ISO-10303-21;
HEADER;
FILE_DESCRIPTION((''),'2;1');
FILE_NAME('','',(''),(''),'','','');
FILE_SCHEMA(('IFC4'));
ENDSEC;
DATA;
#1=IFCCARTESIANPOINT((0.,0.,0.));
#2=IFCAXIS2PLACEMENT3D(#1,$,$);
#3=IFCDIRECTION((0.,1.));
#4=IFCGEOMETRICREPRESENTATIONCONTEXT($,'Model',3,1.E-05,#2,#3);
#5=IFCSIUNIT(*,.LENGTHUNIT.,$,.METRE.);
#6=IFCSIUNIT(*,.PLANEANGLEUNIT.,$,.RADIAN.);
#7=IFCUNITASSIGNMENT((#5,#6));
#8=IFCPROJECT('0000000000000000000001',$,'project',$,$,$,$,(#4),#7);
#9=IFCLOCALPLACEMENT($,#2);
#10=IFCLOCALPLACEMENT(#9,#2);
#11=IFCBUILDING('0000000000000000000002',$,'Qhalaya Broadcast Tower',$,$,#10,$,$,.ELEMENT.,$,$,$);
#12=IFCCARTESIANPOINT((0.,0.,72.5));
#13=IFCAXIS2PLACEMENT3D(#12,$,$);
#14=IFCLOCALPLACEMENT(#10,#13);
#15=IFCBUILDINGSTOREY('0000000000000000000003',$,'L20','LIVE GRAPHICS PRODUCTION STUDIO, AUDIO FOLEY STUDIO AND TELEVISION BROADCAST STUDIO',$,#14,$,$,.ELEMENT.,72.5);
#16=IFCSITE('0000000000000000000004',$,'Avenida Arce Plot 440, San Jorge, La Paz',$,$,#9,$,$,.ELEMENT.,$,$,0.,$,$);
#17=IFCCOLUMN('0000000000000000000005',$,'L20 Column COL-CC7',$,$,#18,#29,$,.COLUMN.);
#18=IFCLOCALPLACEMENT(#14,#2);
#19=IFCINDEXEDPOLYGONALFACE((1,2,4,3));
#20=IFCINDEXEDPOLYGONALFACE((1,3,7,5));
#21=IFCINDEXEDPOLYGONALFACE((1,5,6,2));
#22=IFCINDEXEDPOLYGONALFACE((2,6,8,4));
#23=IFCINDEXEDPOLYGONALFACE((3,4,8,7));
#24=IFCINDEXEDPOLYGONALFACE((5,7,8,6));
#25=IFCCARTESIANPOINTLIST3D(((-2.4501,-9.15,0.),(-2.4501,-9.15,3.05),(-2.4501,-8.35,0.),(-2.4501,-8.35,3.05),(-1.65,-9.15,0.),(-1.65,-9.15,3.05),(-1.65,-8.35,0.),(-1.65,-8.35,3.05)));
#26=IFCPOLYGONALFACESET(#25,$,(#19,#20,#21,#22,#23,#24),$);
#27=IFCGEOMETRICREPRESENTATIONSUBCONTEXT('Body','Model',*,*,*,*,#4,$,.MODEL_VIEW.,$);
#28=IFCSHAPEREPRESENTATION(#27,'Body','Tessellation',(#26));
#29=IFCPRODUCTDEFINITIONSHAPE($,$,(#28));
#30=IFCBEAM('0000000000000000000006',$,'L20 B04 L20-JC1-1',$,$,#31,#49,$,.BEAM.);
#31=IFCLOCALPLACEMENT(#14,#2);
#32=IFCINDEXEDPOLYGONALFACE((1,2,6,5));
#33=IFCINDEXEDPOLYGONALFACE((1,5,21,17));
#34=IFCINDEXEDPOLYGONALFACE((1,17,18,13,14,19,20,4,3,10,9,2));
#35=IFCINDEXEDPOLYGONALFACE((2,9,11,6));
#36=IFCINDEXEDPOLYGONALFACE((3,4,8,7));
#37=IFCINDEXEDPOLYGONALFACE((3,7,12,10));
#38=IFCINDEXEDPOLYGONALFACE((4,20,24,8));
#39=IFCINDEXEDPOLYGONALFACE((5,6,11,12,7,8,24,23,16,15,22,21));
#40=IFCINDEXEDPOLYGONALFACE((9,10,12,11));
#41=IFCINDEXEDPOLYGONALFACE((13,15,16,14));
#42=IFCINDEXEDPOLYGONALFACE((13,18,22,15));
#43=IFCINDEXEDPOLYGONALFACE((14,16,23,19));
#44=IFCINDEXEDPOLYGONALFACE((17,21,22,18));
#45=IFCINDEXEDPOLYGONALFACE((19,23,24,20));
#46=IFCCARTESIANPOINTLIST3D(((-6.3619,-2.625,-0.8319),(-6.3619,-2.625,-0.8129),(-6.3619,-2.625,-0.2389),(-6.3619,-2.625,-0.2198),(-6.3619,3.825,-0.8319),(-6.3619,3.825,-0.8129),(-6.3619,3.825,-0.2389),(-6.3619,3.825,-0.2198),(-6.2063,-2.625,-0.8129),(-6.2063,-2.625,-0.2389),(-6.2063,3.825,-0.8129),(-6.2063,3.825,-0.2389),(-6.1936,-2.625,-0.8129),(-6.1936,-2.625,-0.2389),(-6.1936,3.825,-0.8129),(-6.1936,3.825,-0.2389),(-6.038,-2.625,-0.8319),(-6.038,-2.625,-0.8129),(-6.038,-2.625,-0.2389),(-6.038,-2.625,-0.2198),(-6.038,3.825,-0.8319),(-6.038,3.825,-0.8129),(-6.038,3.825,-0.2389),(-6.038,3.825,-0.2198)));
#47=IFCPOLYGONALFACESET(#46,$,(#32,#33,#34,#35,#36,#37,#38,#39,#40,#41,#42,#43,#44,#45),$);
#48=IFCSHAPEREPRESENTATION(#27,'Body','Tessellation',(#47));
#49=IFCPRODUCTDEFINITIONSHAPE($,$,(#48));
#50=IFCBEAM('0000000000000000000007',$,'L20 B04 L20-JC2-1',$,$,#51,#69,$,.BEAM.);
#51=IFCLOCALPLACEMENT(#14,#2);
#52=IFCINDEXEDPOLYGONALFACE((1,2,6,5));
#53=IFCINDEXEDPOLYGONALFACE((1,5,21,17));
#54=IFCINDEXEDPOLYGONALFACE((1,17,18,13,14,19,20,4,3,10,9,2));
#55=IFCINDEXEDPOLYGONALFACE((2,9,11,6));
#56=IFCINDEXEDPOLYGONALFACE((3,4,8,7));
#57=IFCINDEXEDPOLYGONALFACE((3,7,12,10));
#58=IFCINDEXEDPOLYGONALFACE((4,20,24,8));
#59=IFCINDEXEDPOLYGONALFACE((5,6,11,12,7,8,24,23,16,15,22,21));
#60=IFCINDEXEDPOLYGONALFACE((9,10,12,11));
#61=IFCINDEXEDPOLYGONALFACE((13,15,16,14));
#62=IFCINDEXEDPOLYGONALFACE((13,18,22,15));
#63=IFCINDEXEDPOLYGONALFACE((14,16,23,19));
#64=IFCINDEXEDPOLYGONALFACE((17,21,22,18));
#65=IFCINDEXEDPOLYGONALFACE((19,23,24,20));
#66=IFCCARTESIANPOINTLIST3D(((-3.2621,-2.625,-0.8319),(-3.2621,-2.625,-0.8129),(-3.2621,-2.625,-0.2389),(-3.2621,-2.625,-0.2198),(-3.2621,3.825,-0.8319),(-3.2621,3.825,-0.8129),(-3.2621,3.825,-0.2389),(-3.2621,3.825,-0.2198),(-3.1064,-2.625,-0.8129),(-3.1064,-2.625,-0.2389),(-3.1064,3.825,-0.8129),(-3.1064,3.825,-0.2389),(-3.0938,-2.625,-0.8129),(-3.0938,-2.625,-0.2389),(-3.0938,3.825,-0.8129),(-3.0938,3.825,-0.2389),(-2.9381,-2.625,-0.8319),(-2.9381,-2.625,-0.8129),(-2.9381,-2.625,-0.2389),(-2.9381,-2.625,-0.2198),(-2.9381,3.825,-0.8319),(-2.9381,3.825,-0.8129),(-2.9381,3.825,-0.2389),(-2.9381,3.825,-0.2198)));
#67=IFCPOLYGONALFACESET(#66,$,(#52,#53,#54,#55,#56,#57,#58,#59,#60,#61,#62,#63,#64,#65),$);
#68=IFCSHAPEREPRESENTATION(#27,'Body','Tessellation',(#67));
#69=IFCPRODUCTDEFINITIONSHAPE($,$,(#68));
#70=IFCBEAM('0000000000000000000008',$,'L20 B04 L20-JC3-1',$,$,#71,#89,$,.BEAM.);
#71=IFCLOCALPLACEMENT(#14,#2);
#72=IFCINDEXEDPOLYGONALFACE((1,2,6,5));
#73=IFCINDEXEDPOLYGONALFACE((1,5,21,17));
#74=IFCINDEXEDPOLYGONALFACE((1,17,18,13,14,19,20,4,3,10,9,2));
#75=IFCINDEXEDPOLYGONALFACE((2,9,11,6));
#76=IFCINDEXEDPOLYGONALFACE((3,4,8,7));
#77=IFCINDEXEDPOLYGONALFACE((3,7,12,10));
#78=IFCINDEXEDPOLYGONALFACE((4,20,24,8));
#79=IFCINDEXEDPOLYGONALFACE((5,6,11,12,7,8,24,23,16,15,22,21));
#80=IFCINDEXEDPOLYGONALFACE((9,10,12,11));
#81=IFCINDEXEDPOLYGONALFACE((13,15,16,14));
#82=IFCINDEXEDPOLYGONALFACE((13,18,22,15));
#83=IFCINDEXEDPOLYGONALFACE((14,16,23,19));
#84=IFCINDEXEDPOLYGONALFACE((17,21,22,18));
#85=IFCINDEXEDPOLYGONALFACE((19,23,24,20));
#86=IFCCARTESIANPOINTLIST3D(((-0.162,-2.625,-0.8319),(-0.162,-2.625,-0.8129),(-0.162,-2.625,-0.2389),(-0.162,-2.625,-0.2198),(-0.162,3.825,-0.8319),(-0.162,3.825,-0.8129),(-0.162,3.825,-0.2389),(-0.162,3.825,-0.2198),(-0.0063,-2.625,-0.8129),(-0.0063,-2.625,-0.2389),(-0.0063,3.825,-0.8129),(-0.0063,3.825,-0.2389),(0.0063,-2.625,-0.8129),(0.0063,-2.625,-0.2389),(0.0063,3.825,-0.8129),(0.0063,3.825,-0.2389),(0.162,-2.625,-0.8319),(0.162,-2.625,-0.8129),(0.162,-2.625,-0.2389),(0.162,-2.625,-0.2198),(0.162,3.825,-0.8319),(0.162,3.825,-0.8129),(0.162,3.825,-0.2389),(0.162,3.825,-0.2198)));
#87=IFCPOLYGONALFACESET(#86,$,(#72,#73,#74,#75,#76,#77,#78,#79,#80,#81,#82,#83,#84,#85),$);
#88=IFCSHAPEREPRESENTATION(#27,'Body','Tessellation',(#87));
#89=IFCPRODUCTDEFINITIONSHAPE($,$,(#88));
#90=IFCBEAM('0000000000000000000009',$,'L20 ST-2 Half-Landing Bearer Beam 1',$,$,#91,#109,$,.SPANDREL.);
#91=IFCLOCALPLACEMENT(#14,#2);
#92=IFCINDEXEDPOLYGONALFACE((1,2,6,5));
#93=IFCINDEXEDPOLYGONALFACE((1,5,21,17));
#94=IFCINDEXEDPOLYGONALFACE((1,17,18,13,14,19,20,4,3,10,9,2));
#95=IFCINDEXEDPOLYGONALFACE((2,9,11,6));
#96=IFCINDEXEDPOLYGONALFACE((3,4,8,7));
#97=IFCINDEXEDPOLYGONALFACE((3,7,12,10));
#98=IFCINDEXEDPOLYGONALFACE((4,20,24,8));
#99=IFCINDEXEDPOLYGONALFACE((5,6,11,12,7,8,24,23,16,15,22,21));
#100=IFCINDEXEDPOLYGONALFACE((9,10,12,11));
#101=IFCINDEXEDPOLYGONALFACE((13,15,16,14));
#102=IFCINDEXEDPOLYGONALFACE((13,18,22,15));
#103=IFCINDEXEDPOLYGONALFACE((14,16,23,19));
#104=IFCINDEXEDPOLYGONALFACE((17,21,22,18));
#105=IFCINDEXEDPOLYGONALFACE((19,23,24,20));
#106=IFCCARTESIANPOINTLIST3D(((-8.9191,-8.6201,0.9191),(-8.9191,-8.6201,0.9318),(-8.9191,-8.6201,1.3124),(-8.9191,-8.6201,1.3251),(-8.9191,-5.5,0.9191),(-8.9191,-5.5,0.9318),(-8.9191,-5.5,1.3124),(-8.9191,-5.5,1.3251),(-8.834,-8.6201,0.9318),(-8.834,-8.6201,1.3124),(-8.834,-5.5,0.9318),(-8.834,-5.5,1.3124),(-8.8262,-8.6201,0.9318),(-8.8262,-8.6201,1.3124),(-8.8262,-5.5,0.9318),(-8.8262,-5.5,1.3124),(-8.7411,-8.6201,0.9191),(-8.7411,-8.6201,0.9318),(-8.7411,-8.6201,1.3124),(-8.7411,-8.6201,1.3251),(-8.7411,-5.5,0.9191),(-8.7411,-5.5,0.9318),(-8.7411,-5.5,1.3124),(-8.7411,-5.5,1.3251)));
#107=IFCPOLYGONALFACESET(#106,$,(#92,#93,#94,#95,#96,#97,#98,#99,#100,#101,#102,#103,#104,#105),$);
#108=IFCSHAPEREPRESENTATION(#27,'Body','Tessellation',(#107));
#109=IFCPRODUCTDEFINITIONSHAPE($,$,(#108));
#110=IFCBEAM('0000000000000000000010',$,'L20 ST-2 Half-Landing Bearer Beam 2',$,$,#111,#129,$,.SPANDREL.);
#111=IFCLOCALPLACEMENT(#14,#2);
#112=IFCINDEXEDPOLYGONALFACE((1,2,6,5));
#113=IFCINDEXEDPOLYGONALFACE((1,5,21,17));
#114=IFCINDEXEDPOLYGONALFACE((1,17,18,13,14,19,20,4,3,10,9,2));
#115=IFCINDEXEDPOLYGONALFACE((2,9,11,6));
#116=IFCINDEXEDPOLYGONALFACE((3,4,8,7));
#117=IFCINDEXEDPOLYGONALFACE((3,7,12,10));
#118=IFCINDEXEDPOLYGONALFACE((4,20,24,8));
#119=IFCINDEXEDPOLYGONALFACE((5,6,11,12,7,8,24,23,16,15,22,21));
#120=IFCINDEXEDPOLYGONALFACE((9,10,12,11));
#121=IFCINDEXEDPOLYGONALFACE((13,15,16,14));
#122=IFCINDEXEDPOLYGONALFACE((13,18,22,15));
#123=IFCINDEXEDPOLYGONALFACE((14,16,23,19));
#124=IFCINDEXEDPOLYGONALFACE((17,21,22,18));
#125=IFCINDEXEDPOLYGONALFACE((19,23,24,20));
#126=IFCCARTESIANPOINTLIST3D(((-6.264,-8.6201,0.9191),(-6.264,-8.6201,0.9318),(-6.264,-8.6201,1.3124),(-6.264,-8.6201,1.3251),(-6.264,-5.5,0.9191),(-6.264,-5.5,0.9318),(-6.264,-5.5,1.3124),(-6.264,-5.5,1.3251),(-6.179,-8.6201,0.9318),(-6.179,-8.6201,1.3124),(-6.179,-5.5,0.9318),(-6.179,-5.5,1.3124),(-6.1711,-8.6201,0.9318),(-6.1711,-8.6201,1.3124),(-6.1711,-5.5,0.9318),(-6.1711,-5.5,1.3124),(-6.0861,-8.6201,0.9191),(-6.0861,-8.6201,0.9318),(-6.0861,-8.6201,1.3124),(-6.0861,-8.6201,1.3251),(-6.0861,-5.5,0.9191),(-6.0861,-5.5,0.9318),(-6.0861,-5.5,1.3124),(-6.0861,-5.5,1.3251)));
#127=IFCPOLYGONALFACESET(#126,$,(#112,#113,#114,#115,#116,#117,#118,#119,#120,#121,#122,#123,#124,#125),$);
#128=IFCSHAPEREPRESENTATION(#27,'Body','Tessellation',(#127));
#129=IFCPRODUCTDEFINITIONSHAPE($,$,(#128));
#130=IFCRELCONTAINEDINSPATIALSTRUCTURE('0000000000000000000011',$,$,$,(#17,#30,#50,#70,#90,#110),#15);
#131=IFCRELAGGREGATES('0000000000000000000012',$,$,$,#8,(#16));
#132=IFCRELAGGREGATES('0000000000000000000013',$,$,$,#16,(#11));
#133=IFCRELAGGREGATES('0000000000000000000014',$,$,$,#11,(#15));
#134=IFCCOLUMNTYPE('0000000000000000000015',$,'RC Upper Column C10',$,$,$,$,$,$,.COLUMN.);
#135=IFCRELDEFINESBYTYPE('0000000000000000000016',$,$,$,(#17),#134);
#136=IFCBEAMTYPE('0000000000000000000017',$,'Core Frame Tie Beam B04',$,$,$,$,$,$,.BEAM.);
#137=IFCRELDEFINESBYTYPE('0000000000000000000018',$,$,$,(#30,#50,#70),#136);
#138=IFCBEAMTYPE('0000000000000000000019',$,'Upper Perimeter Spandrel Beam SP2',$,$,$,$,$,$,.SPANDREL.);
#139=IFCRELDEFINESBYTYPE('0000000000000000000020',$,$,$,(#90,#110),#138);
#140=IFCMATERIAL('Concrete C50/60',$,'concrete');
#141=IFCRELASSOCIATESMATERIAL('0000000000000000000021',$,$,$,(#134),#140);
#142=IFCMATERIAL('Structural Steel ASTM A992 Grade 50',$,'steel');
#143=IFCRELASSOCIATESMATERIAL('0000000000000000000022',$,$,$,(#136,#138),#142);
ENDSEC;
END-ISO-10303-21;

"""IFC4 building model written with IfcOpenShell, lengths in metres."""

from ifc_helpers import new_model, si_unit, direction, frame, origin, origin_2d, place, context, subcontext, project, spatial, rectangle, i_section, extrude, material, material_profile, profile_set, type_object, element, save


model = new_model("IFC4")

# Units and contexts
model_context = context("Model", 3, precision=1e-05, world=origin(), true_north=direction((0.0, 1.0)))
body_context = subcontext(model_context, "Body", "Model", "MODEL_VIEW")
ifc_project = project(units=[si_unit("LENGTHUNIT", "METRE"), si_unit("PLANEANGLEUNIT", "RADIAN")], contexts=[model_context])

# Site, building, storey
site_placement = place(None, origin())
site = spatial("IfcSite", under=ifc_project, at=site_placement, Name="Avenida Arce Plot 440, San Jorge, La Paz", CompositionType="ELEMENT", RefElevation=0.0)
building_placement = place(site_placement, origin())
building = spatial("IfcBuilding", under=site, at=building_placement, Name="Qhalaya Broadcast Tower", CompositionType="ELEMENT")
storey_placement = place(building_placement, frame((0.0, 0.0, 72.5)))
storey = spatial("IfcBuildingStorey", under=building, at=storey_placement, Name="L20", Description="LIVE GRAPHICS PRODUCTION STUDIO, AUDIO FOLEY STUDIO AND TELEVISION BROADCAST STUDIO", CompositionType="ELEMENT", Elevation=72.5)

# Column
ifc_material_1 = material(Name="Concrete C50/60", Category="concrete")
ifc_material_profile_1 = material_profile(ifc_material_1, rectangle(XDim=0.8, YDim=0.8, at=origin_2d()), Name="RC-COL 800x800")
ifc_profile_set_1 = profile_set([ifc_material_profile_1], Name="Concrete C50/60")
column_type = type_object("IfcColumnType", Name="RC Upper Column C10", PredefinedType="COLUMN", material=ifc_profile_set_1)
column_placement = place(storey_placement, frame((-2.05, -8.75, 0.0), z_axis=(0.0, 0.0, 1.0), x_axis=(1.0, 0.0, 0.0)))
element("IfcColumn", 1, at=column_placement, inside=storey, type_object=column_type, Name="L20 Column COL-CC7", PredefinedType="COLUMN", context=body_context, shape_type="SweptSolid", body=[
    extrude(rectangle(XDim=0.8, YDim=0.8, at=origin_2d()), origin(), (0.0, 0.0, 1.0), 3.05),
])

# Beams
ifc_material_2 = material(Name="Structural Steel ASTM A992 Grade 50", Category="steel")
ifc_material_profile_2 = material_profile(ifc_material_2, i_section(OverallWidth=0.324, OverallDepth=0.6121, WebThickness=0.0127, FlangeThickness=0.019, at=origin_2d()), Name="W24X104")
ifc_profile_set_2 = profile_set([ifc_material_profile_2], Name="Structural Steel ASTM A992 Grade 50")
beam_type_1 = type_object("IfcBeamType", Name="Core Frame Tie Beam B04", PredefinedType="BEAM", material=ifc_profile_set_2)
for number, where, z_axis, x_axis, name in (
    (2, (-6.2, -2.625, -0.5259), (0.0, 1.0, 0.0), (-1.0, 0.0, 0.0), "L20 B04 L20-JC1-1"),
    (3, (-3.1001, -2.625, -0.5259), (0.0, 1.0, 0.0), (-1.0, 0.0, 0.0), "L20 B04 L20-JC2-1"),
    (4, (0.0, -2.625, -0.5259), (0.0, 1.0, 0.0), (-1.0, 0.0, 0.0), "L20 B04 L20-JC3-1"),
):
    element("IfcBeam", number, at=place(storey_placement, frame(where, z_axis=z_axis, x_axis=x_axis)), inside=storey, type_object=beam_type_1, Name=name, PredefinedType="BEAM", context=body_context, shape_type="SweptSolid", body=[
        extrude(i_section(OverallWidth=0.324, OverallDepth=0.6121, WebThickness=0.0127, FlangeThickness=0.019, at=origin_2d()), origin(), (0.0, 0.0, 1.0), 6.45),
    ])
ifc_material_profile_3 = material_profile(ifc_material_2, i_section(OverallWidth=0.178, OverallDepth=0.406, WebThickness=0.0078, FlangeThickness=0.0127, at=origin_2d()), Name="W16X40")
ifc_profile_set_3 = profile_set([ifc_material_profile_3], Name="Structural Steel ASTM A992 Grade 50")
beam_type_2 = type_object("IfcBeamType", Name="Upper Perimeter Spandrel Beam SP2", PredefinedType="SPANDREL", material=ifc_profile_set_3)
for number, where, z_axis, x_axis, name in (
    (5, (-8.8301, -8.6201, 1.1221), (0.0, 1.0, 0.0), (-1.0, 0.0, 0.0), "L20 ST-2 Half-Landing Bearer Beam 1"),
    (6, (-6.175, -8.6201, 1.1221), (0.0, 1.0, 0.0), (-1.0, 0.0, 0.0), "L20 ST-2 Half-Landing Bearer Beam 2"),
):
    element("IfcBeam", number, at=place(storey_placement, frame(where, z_axis=z_axis, x_axis=x_axis)), inside=storey, type_object=beam_type_2, Name=name, PredefinedType="SPANDREL", context=body_context, shape_type="SweptSolid", body=[
        extrude(i_section(OverallWidth=0.178, OverallDepth=0.406, WebThickness=0.0078, FlangeThickness=0.0127, at=origin_2d()), origin(), (0.0, 0.0, 1.0), 3.1201),
    ])

save(model, "model.ifc")
